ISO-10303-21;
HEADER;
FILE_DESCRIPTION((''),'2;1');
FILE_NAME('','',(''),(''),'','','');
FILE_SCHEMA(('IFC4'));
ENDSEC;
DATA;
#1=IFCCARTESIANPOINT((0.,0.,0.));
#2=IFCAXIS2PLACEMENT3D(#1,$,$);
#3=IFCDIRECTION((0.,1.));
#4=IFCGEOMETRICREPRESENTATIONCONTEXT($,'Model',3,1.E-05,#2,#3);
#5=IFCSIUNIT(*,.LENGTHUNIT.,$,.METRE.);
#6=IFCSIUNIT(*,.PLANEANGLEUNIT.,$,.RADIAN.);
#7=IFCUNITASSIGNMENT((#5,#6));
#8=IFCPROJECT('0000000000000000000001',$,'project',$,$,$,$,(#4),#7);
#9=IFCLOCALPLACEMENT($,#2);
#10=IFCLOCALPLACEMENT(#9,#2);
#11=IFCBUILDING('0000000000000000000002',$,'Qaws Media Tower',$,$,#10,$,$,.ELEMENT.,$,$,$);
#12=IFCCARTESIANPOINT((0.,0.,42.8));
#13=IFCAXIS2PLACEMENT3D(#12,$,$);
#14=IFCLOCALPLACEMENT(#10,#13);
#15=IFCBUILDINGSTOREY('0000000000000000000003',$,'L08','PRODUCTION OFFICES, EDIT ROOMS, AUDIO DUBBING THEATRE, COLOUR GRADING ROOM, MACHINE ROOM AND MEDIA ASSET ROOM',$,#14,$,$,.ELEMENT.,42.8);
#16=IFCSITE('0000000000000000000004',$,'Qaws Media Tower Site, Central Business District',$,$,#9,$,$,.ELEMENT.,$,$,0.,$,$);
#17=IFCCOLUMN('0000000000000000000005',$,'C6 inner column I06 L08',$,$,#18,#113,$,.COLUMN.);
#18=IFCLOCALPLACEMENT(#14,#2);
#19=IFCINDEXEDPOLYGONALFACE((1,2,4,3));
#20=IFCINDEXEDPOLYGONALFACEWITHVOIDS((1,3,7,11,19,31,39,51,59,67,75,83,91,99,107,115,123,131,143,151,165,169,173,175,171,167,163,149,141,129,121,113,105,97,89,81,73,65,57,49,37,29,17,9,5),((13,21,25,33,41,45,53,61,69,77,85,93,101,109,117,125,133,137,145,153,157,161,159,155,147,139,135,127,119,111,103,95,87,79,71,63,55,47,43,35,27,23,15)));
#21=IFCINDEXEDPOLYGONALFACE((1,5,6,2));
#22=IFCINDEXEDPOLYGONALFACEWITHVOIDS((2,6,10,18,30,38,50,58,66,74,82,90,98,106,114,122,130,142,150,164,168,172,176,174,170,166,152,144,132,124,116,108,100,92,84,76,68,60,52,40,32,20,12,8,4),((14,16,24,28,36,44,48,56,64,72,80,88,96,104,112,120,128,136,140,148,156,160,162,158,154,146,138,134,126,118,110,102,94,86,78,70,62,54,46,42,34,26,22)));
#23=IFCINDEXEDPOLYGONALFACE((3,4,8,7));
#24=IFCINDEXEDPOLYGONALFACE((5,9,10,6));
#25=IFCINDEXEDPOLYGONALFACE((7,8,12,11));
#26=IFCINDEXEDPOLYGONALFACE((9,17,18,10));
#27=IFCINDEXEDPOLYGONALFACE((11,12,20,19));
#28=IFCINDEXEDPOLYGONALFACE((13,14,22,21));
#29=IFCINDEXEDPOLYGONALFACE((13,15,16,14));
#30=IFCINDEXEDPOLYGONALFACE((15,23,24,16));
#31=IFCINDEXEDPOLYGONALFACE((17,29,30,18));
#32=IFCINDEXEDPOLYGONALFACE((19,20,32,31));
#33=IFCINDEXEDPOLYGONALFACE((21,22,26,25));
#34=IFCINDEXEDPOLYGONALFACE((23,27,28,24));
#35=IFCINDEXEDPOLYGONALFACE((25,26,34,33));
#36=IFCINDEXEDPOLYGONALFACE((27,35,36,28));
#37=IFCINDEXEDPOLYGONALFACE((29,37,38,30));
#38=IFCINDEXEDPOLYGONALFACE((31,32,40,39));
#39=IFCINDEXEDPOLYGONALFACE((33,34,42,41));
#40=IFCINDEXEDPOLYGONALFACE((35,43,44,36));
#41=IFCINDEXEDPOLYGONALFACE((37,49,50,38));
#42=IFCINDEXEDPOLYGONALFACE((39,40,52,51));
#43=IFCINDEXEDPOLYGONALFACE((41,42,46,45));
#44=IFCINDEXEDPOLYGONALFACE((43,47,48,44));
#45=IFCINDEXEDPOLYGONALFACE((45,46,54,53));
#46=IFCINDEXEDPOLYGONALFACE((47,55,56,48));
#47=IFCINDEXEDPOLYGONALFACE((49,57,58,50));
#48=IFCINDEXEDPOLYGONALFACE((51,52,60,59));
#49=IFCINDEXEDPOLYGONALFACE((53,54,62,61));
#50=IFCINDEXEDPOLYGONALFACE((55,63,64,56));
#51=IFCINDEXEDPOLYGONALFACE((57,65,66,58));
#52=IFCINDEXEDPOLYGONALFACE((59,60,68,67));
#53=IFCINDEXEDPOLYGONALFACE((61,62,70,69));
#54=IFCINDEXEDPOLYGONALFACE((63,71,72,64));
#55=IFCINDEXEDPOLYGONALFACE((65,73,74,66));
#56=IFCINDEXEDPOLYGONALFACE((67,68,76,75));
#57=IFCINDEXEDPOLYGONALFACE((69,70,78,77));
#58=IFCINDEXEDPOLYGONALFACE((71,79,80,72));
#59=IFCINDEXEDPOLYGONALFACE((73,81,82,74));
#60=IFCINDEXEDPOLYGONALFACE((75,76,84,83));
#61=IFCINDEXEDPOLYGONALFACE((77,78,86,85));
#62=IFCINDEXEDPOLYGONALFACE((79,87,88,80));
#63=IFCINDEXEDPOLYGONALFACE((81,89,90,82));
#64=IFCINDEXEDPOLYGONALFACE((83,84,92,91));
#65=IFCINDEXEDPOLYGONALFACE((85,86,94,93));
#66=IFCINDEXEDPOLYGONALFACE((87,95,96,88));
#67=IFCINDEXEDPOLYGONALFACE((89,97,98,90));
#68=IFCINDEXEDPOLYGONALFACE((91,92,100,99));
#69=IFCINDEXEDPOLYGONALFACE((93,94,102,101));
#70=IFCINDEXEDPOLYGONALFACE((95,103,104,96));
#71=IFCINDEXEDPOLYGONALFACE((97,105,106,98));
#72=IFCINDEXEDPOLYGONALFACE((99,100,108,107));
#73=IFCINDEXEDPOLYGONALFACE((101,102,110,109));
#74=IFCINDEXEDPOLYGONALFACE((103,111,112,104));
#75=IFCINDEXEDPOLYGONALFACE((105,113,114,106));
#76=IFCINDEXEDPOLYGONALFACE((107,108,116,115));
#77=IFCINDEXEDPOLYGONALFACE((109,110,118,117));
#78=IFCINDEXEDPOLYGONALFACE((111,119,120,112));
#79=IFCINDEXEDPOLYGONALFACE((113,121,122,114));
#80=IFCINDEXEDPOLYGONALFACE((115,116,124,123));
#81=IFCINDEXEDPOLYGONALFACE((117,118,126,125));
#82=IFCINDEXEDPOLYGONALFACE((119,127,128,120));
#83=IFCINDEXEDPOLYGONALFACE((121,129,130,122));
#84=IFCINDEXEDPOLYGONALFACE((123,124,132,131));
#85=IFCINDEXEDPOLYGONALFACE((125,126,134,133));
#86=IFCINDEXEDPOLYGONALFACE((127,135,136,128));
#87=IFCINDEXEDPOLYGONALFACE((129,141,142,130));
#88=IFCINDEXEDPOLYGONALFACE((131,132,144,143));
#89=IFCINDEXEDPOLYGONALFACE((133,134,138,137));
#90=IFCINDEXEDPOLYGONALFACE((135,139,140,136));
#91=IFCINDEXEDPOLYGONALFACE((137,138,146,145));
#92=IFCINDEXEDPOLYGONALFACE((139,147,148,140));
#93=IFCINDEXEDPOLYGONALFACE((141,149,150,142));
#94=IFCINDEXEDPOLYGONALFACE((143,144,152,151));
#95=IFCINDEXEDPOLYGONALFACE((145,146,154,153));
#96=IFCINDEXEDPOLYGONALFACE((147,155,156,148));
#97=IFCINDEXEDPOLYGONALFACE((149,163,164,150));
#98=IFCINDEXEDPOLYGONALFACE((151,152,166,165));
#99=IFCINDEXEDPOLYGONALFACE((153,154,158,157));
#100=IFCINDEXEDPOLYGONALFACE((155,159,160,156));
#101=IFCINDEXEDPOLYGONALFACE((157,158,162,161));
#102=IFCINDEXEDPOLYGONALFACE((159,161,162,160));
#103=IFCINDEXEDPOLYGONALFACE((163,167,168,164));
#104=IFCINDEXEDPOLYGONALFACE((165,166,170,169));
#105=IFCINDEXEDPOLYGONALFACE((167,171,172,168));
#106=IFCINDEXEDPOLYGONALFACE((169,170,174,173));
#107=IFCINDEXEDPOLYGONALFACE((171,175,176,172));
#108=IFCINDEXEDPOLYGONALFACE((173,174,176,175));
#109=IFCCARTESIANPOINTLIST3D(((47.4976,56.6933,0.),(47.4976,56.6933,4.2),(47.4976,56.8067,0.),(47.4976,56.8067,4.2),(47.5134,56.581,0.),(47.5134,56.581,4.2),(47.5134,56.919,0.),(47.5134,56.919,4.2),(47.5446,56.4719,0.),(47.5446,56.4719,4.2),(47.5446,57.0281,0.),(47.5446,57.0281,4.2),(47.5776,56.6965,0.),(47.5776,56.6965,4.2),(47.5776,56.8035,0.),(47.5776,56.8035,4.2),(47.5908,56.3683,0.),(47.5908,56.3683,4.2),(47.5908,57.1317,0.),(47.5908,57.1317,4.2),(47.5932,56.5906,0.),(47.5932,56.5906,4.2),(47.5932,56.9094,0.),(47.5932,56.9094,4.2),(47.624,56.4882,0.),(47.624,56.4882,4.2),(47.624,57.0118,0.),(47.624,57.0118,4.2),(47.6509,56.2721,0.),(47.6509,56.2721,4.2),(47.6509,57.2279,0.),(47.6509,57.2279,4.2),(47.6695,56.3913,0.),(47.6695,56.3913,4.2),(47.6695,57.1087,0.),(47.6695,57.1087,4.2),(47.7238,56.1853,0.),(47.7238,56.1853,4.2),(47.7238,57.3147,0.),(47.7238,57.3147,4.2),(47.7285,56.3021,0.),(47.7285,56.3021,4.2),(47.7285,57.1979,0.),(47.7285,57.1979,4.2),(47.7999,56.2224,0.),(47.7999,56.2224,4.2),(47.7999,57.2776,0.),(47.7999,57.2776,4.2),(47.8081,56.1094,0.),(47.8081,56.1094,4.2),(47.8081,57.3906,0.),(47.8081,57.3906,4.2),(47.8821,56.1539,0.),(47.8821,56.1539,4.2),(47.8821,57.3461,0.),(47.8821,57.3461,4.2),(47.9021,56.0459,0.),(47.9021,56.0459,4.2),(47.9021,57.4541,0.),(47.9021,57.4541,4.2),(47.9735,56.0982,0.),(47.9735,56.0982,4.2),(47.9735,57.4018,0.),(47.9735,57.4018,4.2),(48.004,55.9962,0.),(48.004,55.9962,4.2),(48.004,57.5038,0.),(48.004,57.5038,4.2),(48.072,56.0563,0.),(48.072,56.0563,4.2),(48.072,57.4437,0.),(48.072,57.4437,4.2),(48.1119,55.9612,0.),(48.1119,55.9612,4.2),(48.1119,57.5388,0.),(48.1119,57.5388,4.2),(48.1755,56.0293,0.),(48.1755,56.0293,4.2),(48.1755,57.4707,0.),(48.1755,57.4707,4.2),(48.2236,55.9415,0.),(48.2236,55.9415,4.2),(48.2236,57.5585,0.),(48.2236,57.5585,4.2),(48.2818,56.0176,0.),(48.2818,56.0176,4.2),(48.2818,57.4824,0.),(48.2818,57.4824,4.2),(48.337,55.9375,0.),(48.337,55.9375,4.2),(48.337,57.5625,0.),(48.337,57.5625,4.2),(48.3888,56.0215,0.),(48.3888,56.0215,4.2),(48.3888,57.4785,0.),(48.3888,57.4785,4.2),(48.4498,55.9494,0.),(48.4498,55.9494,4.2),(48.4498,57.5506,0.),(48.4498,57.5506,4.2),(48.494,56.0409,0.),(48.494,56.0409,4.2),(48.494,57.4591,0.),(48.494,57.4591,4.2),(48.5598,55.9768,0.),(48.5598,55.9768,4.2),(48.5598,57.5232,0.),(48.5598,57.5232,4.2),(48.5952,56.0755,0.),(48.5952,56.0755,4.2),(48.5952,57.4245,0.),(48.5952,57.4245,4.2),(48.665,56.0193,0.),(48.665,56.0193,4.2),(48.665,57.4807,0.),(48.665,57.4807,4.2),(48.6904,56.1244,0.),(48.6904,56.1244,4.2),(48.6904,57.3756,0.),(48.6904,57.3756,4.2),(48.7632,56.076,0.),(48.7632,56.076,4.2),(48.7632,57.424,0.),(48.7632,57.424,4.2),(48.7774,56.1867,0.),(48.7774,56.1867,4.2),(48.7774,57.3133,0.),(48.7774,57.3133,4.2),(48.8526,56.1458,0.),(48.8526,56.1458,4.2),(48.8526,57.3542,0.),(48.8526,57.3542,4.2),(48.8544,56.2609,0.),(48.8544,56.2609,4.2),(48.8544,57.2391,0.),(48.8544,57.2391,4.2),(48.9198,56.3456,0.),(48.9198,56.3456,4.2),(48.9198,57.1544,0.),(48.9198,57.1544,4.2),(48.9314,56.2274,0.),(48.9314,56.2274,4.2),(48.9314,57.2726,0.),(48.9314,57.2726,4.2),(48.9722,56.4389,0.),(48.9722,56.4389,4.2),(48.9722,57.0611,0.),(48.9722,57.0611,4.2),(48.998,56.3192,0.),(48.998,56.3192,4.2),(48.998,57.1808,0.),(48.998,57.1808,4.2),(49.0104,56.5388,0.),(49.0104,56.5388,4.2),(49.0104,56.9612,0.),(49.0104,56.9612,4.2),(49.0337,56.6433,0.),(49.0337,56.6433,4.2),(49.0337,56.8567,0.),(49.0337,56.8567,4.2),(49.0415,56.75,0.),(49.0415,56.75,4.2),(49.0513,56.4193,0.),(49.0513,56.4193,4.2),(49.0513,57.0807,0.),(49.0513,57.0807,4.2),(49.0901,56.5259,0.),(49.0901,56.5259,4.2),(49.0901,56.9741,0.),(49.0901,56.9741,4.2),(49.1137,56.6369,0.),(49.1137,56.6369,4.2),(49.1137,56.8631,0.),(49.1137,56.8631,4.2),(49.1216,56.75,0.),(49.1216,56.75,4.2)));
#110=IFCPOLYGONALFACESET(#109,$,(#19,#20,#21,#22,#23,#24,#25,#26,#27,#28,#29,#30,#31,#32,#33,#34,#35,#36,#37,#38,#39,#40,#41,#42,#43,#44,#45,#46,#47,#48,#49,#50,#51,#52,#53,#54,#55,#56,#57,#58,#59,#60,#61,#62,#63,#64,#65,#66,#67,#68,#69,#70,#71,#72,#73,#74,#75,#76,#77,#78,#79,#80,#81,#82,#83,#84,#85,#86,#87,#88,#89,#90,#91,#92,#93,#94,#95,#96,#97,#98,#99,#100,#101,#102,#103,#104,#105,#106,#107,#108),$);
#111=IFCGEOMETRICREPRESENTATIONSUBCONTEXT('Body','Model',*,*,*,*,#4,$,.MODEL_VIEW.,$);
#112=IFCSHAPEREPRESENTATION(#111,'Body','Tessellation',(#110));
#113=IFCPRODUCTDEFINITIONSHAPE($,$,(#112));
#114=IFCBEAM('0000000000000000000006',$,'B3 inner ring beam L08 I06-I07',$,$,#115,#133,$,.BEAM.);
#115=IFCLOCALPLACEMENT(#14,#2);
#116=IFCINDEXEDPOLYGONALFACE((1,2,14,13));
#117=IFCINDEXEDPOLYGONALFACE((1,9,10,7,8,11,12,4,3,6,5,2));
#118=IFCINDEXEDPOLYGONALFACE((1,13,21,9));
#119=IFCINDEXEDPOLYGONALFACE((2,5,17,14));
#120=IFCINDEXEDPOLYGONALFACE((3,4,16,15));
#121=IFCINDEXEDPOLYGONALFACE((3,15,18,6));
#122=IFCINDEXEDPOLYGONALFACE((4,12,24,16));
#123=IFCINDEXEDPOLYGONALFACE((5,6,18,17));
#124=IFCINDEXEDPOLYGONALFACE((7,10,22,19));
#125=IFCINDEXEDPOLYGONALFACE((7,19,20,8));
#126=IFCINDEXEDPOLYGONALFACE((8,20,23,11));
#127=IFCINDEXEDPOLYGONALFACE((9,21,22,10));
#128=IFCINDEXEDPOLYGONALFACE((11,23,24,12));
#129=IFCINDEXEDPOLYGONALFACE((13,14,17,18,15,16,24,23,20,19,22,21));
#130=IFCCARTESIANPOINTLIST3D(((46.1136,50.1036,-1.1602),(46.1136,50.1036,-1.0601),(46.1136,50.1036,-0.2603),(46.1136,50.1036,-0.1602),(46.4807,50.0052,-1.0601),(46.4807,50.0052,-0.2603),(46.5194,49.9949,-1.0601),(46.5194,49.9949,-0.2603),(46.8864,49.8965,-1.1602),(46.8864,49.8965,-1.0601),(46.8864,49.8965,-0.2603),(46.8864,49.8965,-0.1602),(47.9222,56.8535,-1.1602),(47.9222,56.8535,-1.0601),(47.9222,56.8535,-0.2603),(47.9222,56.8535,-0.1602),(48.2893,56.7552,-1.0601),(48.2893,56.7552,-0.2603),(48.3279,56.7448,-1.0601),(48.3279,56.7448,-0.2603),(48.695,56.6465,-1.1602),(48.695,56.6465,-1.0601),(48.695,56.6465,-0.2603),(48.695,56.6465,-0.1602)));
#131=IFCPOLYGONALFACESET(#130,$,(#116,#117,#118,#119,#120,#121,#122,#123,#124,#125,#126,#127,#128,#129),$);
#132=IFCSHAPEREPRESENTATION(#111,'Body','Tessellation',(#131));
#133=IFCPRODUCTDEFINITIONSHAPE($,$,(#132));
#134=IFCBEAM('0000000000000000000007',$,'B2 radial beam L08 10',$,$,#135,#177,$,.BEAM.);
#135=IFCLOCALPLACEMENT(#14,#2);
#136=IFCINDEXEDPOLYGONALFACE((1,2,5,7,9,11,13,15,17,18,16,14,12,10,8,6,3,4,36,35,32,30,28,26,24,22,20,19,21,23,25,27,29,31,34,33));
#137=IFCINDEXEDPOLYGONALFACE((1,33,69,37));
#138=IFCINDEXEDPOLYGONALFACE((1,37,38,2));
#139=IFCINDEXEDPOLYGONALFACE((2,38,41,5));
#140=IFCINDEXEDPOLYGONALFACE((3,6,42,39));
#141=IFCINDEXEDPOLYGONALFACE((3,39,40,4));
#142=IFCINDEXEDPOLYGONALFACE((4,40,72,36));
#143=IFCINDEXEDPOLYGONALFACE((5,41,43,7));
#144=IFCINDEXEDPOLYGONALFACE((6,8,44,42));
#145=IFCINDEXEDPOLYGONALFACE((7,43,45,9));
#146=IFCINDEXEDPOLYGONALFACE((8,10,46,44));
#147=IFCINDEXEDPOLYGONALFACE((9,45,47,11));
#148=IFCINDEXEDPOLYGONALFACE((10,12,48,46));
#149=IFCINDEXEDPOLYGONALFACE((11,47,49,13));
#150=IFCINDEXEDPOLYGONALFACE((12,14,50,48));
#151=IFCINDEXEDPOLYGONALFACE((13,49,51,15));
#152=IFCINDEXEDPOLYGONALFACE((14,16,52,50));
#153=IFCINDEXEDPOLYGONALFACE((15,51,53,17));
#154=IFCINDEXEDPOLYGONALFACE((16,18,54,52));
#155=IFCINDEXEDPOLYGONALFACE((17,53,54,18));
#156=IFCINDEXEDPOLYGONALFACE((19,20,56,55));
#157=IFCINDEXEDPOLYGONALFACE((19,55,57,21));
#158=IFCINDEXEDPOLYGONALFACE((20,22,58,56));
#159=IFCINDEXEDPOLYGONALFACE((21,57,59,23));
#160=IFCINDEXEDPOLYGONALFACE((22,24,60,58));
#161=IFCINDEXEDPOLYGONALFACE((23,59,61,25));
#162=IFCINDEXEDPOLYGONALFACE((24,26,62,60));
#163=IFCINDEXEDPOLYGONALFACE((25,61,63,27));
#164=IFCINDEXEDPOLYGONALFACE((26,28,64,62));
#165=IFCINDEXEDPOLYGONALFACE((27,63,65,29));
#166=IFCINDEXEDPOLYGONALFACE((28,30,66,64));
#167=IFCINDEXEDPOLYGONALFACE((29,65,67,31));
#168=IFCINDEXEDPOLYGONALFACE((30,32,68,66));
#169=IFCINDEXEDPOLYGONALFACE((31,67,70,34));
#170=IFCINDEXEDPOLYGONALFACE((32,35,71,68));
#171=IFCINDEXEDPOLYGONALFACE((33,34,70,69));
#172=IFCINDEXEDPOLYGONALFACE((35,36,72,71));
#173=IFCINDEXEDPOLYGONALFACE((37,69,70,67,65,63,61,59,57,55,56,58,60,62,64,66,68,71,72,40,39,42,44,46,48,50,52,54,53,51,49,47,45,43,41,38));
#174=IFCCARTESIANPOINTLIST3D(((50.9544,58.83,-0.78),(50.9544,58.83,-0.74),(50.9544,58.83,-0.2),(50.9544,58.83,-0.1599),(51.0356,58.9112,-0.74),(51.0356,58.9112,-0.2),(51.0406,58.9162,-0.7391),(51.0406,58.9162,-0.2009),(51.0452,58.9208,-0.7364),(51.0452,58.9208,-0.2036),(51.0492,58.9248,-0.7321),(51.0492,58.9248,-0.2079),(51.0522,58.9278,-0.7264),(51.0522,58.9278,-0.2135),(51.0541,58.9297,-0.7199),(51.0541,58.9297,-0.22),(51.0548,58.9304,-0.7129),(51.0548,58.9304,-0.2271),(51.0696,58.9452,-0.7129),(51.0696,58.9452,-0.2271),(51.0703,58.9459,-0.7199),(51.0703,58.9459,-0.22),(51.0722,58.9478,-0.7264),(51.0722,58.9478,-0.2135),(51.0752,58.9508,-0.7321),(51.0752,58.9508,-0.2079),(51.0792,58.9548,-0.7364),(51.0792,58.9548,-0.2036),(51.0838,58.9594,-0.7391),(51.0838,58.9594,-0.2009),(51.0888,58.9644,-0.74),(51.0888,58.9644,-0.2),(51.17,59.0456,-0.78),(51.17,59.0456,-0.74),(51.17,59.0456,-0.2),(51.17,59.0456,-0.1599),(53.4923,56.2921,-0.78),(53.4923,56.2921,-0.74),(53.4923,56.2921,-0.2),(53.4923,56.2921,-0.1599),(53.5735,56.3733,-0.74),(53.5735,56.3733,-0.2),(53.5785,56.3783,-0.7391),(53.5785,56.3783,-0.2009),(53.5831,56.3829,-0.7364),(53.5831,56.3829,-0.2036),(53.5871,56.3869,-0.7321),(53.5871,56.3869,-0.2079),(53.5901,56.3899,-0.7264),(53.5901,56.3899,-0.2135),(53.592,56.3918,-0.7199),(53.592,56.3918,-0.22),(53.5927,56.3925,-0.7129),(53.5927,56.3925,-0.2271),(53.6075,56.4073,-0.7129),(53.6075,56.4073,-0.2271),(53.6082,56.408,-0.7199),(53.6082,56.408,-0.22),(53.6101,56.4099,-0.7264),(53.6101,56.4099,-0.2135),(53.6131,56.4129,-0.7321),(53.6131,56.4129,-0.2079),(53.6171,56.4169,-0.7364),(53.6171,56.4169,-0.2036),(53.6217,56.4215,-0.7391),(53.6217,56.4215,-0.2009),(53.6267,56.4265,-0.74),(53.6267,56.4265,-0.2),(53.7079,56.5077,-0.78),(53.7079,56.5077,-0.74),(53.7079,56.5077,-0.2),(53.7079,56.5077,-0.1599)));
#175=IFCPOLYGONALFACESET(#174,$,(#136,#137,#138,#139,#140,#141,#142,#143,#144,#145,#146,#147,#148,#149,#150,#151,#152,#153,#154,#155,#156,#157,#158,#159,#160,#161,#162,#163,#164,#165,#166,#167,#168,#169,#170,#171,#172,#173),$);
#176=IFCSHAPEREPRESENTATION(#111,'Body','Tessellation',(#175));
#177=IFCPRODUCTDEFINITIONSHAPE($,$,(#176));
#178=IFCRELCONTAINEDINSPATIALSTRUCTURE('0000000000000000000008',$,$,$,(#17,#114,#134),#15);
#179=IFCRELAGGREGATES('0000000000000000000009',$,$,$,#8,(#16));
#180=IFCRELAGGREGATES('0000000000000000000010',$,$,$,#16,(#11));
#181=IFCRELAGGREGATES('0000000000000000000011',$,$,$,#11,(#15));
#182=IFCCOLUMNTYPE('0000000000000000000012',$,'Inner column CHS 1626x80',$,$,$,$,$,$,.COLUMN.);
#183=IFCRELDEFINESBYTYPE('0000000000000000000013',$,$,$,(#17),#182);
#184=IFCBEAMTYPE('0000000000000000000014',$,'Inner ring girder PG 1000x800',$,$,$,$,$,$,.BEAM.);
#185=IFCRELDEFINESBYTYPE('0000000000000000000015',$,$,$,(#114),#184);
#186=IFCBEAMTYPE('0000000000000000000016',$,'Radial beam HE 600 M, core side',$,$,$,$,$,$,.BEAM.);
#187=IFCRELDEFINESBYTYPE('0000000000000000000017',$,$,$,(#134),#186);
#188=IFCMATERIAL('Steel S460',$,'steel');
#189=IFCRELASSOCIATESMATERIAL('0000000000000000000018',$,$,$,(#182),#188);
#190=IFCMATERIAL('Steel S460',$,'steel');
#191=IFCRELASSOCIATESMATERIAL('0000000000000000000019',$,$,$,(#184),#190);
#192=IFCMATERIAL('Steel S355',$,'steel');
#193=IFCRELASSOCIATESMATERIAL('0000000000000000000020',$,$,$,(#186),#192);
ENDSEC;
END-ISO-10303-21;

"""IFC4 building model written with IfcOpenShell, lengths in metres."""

from ifc_helpers import new_model, si_unit, direction, frame, origin, origin_2d, place, context, subcontext, project, spatial, hollow_circle, i_section, extrude, material, material_profile, profile_set, type_object, element, save


model = new_model("IFC4")

# Units and contexts
model_context = context("Model", 3, precision=1e-05, world=origin(), true_north=direction((0.0, 1.0)))
body_context = subcontext(model_context, "Body", "Model", "MODEL_VIEW")
ifc_project = project(units=[si_unit("LENGTHUNIT", "METRE"), si_unit("PLANEANGLEUNIT", "RADIAN")], contexts=[model_context])

# Site, building, storey
site_placement = place(None, origin())
site = spatial("IfcSite", under=ifc_project, at=site_placement, Name="Qaws Media Tower Site, Central Business District", CompositionType="ELEMENT", RefElevation=0.0)
building_placement = place(site_placement, origin())
building = spatial("IfcBuilding", under=site, at=building_placement, Name="Qaws Media Tower", CompositionType="ELEMENT")
storey_placement = place(building_placement, frame((0.0, 0.0, 42.8)))
storey = spatial("IfcBuildingStorey", under=building, at=storey_placement, Name="L08", Description="PRODUCTION OFFICES, EDIT ROOMS, AUDIO DUBBING THEATRE, COLOUR GRADING ROOM, MACHINE ROOM AND MEDIA ASSET ROOM", CompositionType="ELEMENT", Elevation=42.8)

# Column
ifc_material_1 = material(Name="Steel S460", Category="steel")
ifc_material_profile_1 = material_profile(ifc_material_1, hollow_circle(Radius=0.813, WallThickness=0.0801, at=origin_2d()), Name="CHS 1626x80")
ifc_profile_set_1 = profile_set([ifc_material_profile_1], Name="Steel S460")
column_type = type_object("IfcColumnType", Name="Inner column CHS 1626x80", PredefinedType="COLUMN", material=ifc_profile_set_1)
column_placement = place(storey_placement, frame((48.3086, 56.75, 0.0), z_axis=(0.0, 0.0, 1.0), x_axis=(1.0, 0.0, 0.0)))
element("IfcColumn", 1, at=column_placement, inside=storey, type_object=column_type, Name="C6 inner column I06 L08", PredefinedType="COLUMN", context=body_context, shape_type="SweptSolid", body=[
    extrude(hollow_circle(Radius=0.813, WallThickness=0.0801, at=origin_2d()), origin(), (0.0, 0.0, 1.0), 4.2),
])

# Beams
ifc_material_2 = material(Name="Steel S460", Category="steel")
ifc_material_profile_2 = material_profile(ifc_material_2, i_section(OverallWidth=0.8, OverallDepth=1.0, WebThickness=0.04, FlangeThickness=0.1001, at=origin_2d()), Name="PG 1000x800")
ifc_profile_set_2 = profile_set([ifc_material_profile_2], Name="Steel S460")
beam_type_1 = type_object("IfcBeamType", Name="Inner ring girder PG 1000x800", PredefinedType="BEAM", material=ifc_profile_set_2)
beam_1_placement = place(storey_placement, frame((48.3086, 56.75, -0.6602), z_axis=(-0.258811, -0.965928, 0.0), x_axis=(0.965928, -0.258811, 0.0)))
element("IfcBeam", 2, at=beam_1_placement, inside=storey, type_object=beam_type_1, Name="B3 inner ring beam L08 I06-I07", PredefinedType="BEAM", context=body_context, shape_type="SweptSolid", body=[
    extrude(i_section(OverallWidth=0.8, OverallDepth=1.0, WebThickness=0.04, FlangeThickness=0.1001, at=origin_2d()), origin(), (0.0, 0.0, 1.0), 6.988),
])
ifc_material_3 = material(Name="Steel S355", Category="steel")
ifc_material_profile_3 = material_profile(ifc_material_3, i_section(OverallWidth=0.3049, OverallDepth=0.6201, WebThickness=0.021, FlangeThickness=0.04, FilletRadius=0.0271, at=origin_2d()), Name="HE 600 M")
ifc_profile_set_3 = profile_set([ifc_material_profile_3], Name="Steel S355")
beam_type_2 = type_object("IfcBeamType", Name="Radial beam HE 600 M, core side", PredefinedType="BEAM", material=ifc_profile_set_3)
beam_2_placement = place(storey_placement, frame((53.6001, 56.3999, -0.47), z_axis=(-0.707107, 0.707107, 0.0), x_axis=(-0.707107, -0.707107, 0.0)))
element("IfcBeam", 3, at=beam_2_placement, inside=storey, type_object=beam_type_2, Name="B2 radial beam L08 10", PredefinedType="BEAM", context=body_context, shape_type="SweptSolid", body=[
    extrude(i_section(OverallWidth=0.3049, OverallDepth=0.6201, WebThickness=0.021, FlangeThickness=0.04, FilletRadius=0.0271, at=origin_2d()), origin(), (0.0, 0.0, 1.0), 3.5891),
])

save(model, "model.ifc")
